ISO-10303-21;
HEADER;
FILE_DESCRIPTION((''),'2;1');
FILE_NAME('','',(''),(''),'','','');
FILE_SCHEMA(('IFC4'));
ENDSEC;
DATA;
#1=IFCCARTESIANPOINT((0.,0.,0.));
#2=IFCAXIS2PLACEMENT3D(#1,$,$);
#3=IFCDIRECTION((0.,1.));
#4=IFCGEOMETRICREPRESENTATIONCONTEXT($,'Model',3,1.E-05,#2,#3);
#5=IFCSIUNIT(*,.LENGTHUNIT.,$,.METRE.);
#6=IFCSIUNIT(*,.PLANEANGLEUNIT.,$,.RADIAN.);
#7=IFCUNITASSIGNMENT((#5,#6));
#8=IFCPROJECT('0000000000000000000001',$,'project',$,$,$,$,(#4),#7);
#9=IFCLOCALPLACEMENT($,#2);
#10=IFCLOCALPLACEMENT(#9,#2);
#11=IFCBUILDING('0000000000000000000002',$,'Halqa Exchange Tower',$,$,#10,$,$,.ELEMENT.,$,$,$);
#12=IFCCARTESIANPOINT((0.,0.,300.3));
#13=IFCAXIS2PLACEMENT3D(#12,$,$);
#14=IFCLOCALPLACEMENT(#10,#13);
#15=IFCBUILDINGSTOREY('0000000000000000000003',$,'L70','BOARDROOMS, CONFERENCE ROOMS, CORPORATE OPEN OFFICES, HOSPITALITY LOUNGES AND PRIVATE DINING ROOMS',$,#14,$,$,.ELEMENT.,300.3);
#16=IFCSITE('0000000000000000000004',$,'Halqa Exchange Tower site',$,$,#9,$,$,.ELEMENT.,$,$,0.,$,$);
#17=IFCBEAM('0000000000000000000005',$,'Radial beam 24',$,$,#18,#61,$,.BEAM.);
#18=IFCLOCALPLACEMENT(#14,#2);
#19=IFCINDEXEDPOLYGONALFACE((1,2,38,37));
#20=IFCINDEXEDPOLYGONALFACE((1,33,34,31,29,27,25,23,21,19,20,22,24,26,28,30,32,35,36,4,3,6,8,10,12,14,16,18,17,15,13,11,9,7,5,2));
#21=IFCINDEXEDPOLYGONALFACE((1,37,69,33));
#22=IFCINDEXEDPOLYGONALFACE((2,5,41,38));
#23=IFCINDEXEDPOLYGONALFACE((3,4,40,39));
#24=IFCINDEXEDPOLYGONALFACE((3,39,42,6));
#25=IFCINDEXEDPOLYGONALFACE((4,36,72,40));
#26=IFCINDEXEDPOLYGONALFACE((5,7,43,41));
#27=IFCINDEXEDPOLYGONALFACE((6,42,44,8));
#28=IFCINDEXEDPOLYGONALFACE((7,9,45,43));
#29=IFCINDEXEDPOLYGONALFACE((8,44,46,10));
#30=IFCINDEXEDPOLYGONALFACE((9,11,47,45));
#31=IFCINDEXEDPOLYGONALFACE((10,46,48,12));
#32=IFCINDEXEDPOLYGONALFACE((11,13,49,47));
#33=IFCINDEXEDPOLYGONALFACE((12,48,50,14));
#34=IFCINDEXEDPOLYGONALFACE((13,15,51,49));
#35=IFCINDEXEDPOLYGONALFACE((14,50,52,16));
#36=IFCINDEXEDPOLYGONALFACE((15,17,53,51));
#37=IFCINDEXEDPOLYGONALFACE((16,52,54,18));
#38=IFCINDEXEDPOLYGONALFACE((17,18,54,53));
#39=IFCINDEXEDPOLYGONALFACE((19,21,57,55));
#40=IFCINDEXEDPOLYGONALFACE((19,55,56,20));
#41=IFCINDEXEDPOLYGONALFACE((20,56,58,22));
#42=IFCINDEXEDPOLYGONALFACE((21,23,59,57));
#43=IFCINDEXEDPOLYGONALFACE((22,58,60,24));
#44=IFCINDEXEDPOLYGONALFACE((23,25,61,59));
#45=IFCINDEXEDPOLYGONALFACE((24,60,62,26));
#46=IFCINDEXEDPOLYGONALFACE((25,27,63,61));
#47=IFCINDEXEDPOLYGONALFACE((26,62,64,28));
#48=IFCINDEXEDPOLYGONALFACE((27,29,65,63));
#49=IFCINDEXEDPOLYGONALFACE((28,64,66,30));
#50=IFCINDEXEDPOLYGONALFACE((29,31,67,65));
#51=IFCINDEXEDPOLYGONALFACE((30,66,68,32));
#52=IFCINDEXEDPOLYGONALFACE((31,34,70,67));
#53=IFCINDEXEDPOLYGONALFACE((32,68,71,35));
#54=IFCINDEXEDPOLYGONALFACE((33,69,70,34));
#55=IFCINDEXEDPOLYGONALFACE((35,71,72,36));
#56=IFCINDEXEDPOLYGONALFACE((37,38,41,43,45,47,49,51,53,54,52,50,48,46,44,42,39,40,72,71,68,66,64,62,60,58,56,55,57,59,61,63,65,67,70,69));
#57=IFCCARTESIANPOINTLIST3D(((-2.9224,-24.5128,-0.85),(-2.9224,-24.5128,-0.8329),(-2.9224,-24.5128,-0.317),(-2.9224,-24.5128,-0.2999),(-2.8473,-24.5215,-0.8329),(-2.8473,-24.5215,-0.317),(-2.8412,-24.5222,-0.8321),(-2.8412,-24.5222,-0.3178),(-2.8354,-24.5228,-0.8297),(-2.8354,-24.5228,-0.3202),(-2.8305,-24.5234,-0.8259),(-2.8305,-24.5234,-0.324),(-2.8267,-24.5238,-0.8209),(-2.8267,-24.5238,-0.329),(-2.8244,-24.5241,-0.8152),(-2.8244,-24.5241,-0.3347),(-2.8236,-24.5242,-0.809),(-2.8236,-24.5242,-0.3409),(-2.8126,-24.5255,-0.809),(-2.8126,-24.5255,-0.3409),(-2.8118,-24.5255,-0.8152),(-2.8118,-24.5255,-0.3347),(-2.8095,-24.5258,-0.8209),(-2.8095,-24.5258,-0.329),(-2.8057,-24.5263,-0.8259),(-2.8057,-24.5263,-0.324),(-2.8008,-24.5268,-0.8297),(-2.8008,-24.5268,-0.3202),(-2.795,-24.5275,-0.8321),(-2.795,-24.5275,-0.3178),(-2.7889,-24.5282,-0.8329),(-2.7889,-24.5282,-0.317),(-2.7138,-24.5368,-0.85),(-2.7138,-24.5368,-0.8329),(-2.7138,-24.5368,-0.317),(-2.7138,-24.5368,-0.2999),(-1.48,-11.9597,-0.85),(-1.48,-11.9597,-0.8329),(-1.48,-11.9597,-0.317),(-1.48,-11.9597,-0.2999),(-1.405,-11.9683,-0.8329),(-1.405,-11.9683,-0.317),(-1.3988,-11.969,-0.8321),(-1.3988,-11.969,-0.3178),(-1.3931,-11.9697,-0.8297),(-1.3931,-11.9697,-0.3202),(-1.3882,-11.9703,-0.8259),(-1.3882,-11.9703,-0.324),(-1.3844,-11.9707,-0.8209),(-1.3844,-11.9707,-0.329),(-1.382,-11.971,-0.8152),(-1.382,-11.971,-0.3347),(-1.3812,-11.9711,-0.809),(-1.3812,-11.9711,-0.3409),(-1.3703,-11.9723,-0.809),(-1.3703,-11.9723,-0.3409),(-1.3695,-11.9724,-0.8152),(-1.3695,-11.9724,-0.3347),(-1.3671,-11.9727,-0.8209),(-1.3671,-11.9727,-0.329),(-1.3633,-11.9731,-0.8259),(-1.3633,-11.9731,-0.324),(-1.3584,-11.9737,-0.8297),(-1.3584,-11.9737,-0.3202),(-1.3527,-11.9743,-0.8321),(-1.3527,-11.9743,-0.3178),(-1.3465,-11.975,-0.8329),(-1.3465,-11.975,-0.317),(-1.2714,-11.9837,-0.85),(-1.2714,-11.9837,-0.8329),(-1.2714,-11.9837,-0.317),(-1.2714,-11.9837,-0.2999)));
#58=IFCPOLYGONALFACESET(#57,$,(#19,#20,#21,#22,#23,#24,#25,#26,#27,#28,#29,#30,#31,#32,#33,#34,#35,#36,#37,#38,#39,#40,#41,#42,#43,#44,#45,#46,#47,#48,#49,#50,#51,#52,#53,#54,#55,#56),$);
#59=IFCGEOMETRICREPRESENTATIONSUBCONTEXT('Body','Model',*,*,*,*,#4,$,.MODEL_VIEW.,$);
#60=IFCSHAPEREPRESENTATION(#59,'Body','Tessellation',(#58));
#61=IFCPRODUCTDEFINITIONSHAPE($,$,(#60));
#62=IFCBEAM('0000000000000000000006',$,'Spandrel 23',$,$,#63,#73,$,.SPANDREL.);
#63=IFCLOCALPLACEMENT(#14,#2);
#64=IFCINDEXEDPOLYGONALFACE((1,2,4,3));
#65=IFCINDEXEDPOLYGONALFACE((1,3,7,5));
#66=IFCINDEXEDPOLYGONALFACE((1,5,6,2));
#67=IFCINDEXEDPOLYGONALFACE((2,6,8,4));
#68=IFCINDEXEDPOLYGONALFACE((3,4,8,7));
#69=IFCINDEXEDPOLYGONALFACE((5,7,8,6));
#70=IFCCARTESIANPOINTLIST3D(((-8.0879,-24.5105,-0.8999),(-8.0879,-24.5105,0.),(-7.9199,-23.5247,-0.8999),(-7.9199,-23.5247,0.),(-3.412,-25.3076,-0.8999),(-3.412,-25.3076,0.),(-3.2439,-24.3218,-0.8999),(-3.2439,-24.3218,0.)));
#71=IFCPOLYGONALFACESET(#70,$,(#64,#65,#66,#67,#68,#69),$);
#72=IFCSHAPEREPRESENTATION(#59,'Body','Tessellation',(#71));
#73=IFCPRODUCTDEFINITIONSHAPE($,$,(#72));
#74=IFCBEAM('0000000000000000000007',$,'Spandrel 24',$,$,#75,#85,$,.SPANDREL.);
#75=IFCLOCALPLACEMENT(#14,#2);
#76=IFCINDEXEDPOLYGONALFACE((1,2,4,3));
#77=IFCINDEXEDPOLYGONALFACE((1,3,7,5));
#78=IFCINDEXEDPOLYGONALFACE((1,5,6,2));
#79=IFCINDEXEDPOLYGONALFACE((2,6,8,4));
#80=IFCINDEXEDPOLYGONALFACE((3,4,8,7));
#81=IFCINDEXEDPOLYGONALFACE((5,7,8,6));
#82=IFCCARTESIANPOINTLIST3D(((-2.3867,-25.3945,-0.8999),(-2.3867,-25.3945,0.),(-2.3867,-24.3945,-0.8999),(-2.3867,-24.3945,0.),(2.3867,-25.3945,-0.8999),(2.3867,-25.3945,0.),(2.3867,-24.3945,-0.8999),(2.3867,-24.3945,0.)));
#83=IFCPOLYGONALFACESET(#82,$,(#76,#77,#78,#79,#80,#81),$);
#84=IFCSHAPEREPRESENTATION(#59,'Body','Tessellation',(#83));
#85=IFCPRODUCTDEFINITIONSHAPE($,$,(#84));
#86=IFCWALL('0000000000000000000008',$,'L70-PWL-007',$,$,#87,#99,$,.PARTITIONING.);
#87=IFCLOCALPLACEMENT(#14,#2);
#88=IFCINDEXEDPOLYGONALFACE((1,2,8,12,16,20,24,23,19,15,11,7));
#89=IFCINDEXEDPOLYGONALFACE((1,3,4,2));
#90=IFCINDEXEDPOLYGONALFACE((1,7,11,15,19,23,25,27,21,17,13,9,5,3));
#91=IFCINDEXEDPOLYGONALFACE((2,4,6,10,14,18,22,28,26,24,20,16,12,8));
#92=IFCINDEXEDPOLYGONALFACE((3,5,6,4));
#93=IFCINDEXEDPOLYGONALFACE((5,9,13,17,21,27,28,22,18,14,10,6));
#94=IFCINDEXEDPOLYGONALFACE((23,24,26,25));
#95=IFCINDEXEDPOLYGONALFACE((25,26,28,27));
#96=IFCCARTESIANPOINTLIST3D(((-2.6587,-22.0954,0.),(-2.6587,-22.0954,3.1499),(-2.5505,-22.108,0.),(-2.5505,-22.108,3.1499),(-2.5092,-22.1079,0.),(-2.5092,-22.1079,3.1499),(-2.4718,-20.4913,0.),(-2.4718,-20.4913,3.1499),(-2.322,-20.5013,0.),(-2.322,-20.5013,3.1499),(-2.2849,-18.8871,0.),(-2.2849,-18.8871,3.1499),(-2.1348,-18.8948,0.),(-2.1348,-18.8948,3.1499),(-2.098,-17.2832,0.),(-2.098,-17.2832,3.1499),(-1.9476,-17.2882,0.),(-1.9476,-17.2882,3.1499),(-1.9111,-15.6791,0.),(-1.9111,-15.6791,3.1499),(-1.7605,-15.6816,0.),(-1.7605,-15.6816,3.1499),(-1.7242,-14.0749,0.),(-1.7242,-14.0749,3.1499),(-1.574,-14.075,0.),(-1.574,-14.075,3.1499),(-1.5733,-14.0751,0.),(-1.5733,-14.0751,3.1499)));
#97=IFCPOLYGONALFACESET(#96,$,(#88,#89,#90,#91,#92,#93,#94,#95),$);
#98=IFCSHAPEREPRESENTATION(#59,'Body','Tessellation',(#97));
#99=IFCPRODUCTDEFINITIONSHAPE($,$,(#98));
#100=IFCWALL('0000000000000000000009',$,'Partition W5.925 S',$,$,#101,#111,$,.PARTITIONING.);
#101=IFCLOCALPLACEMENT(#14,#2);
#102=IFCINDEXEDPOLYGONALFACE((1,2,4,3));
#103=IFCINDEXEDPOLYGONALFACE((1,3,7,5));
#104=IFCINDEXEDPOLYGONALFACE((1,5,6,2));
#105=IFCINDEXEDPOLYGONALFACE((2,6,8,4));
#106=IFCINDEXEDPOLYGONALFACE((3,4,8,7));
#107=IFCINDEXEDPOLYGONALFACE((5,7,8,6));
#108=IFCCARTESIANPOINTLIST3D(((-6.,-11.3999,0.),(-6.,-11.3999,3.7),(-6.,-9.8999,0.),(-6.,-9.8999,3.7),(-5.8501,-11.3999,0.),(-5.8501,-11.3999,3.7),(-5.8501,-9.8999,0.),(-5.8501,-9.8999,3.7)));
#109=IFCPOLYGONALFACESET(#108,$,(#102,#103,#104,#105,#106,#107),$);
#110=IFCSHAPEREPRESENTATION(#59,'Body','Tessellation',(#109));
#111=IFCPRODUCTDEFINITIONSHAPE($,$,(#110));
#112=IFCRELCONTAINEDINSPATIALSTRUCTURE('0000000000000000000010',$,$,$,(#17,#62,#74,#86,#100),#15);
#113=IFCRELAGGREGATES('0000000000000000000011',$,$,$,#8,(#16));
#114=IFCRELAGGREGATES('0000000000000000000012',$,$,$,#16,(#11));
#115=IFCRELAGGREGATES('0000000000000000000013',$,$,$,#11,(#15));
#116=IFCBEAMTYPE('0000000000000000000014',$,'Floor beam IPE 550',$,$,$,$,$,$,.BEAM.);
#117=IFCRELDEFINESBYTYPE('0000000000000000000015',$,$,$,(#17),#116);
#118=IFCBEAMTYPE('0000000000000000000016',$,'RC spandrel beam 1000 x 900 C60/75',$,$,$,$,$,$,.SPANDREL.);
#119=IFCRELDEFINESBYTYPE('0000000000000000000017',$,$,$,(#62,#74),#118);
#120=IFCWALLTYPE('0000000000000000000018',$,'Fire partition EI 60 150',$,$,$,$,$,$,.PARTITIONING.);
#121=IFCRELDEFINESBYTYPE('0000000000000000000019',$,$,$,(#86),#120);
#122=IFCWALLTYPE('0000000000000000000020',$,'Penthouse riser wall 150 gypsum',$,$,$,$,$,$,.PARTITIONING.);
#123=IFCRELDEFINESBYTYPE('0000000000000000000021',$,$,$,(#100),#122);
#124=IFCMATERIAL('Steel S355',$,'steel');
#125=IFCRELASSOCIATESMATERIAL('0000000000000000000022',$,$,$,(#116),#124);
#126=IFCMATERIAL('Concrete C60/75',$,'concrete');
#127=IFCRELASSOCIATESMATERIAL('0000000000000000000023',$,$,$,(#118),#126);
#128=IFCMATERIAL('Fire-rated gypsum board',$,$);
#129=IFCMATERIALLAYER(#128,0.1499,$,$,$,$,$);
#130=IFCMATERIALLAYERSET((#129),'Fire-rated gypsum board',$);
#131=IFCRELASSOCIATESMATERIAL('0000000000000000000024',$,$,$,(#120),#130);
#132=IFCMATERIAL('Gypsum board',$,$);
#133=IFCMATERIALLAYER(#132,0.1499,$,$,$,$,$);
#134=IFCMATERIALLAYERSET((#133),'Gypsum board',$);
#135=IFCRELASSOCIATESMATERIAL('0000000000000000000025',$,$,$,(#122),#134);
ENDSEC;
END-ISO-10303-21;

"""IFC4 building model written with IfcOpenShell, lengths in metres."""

from ifc_helpers import new_model, si_unit, direction, frame, frame_2d, origin, origin_2d, place, context, subcontext, project, spatial, polyline, rectangle, i_section, outline, extrude, material, layer, layer_set, material_profile, profile_set, type_object, element, save


model = new_model("IFC4")

# Units and contexts
model_context = context("Model", 3, precision=1e-05, world=origin(), true_north=direction((0.0, 1.0)))
body_context = subcontext(model_context, "Body", "Model", "MODEL_VIEW")
ifc_project = project(units=[si_unit("LENGTHUNIT", "METRE"), si_unit("PLANEANGLEUNIT", "RADIAN")], contexts=[model_context])

# Site, building, storey
site_placement = place(None, origin())
site = spatial("IfcSite", under=ifc_project, at=site_placement, Name="Halqa Exchange Tower site", CompositionType="ELEMENT", RefElevation=0.0)
building_placement = place(site_placement, origin())
building = spatial("IfcBuilding", under=site, at=building_placement, Name="Halqa Exchange Tower", CompositionType="ELEMENT")
storey_placement = place(building_placement, frame((0.0, 0.0, 300.3)))
storey = spatial("IfcBuildingStorey", under=building, at=storey_placement, Name="L70", Description="BOARDROOMS, CONFERENCE ROOMS, CORPORATE OPEN OFFICES, HOSPITALITY LOUNGES AND PRIVATE DINING ROOMS", CompositionType="ELEMENT", Elevation=300.3)

# Beams
ifc_material_1 = material(Name="Steel S355", Category="steel")
ifc_material_profile_1 = material_profile(ifc_material_1, i_section(OverallWidth=0.21, OverallDepth=0.55, WebThickness=0.011, FlangeThickness=0.0171, FilletRadius=0.0239, at=origin_2d()), Name="IPE 550")
ifc_profile_set_1 = profile_set([ifc_material_profile_1], Name="Steel S355")
beam_type_1 = type_object("IfcBeamType", Name="Floor beam IPE 550", PredefinedType="BEAM", material=ifc_profile_set_1)
beam_1_placement = place(storey_placement, frame((-1.3757, -11.9717, -0.575), z_axis=(-0.11415, -0.993463, 0.0), x_axis=(0.993463, -0.11415, 0.0)))
element("IfcBeam", 1, at=beam_1_placement, inside=storey, type_object=beam_type_1, Name="Radial beam 24", PredefinedType="BEAM", context=body_context, shape_type="SweptSolid", body=[
    extrude(i_section(OverallWidth=0.21, OverallDepth=0.55, WebThickness=0.011, FlangeThickness=0.0171, FilletRadius=0.0239, at=origin_2d()), origin(), (0.0, 0.0, 1.0), 12.6357),
])
ifc_material_2 = material(Name="Concrete C60/75", Category="concrete")
ifc_material_profile_2 = material_profile(ifc_material_2, rectangle(XDim=1.0, YDim=0.8999, at=origin_2d()), Name="1000 x 900")
ifc_profile_set_2 = profile_set([ifc_material_profile_2], Name="Concrete C60/75")
beam_type_2 = type_object("IfcBeamType", Name="RC spandrel beam 1000 x 900 C60/75", PredefinedType="SPANDREL", material=ifc_profile_set_2)
beam_2_placement = place(storey_placement, frame((-8.0039, -24.0176, -0.45), z_axis=(0.985779, -0.168045, 0.0), x_axis=(0.168045, 0.985779, 0.0)))
element("IfcBeam", 2, at=beam_2_placement, inside=storey, type_object=beam_type_2, Name="Spandrel 23", PredefinedType="SPANDREL", context=body_context, shape_type="SweptSolid", body=[
    extrude(rectangle(XDim=1.0, YDim=0.8999, at=origin_2d()), origin(), (0.0, 0.0, 1.0), 4.7434),
])
beam_3_placement = place(storey_placement, frame((-2.3867, -24.8945, -0.45), z_axis=(1.0, 0.0, 0.0), x_axis=(0.0, 1.0, 0.0)))
element("IfcBeam", 3, at=beam_3_placement, inside=storey, type_object=beam_type_2, Name="Spandrel 24", PredefinedType="SPANDREL", context=body_context, shape_type="SweptSolid", body=[
    extrude(rectangle(XDim=1.0, YDim=0.8999, at=origin_2d()), origin(), (0.0, 0.0, 1.0), 4.7734),
])

# Walls
ifc_material_3 = material(Name="Fire-rated gypsum board")
ifc_layer_1 = layer(ifc_material_3, 0.1499)
ifc_layer_set_1 = layer_set([ifc_layer_1], Name="Fire-rated gypsum board")
wall_type_1 = type_object("IfcWallType", Name="Fire partition EI 60 150", PredefinedType="PARTITIONING", material=ifc_layer_set_1)
wall_1_placement = place(storey_placement, frame((-1.6477, -14.0664, 0.0), z_axis=(0.0, 0.0, 1.0), x_axis=(-0.115735, -0.99328, 0.0)))
element("IfcWall", 4, at=wall_1_placement, inside=storey, type_object=wall_type_1, Name="L70-PWL-007", PredefinedType="PARTITIONING", context=body_context, shape_type="SweptSolid", body=[
    extrude(outline(polyline([(8.092, -0.075), (8.092, 0.0339), (8.0872, 0.075), (6.4697, 0.075), (4.8523, 0.075), (3.2349, 0.075), (1.6174, 0.075), (0.0, 0.075), (0.0, 0.0742), (0.0173, -0.075), (1.6323, -0.075), (3.2473, -0.075), (4.8621, -0.075), (6.4771, -0.075), (8.092, -0.075)])), origin(), (0.0, 0.0, 1.0), 3.1499),
])
ifc_material_4 = material(Name="Gypsum board")
ifc_layer_2 = layer(ifc_material_4, 0.1499)
ifc_layer_set_2 = layer_set([ifc_layer_2], Name="Gypsum board")
wall_type_2 = type_object("IfcWallType", Name="Penthouse riser wall 150 gypsum", PredefinedType="PARTITIONING", material=ifc_layer_set_2)
wall_2_placement = place(storey_placement, frame((-5.925, -11.3999, 0.0), z_axis=(0.0, 0.0, 1.0), x_axis=(0.0, 1.0, 0.0)))
element("IfcWall", 5, at=wall_2_placement, inside=storey, type_object=wall_type_2, Name="Partition W5.925 S", PredefinedType="PARTITIONING", context=body_context, shape_type="SweptSolid", body=[
    extrude(rectangle(XDim=1.5, YDim=0.1499, at=frame_2d((0.75, 0.0))), origin(), (0.0, 0.0, 1.0), 3.7),
])

save(model, "model.ifc")
